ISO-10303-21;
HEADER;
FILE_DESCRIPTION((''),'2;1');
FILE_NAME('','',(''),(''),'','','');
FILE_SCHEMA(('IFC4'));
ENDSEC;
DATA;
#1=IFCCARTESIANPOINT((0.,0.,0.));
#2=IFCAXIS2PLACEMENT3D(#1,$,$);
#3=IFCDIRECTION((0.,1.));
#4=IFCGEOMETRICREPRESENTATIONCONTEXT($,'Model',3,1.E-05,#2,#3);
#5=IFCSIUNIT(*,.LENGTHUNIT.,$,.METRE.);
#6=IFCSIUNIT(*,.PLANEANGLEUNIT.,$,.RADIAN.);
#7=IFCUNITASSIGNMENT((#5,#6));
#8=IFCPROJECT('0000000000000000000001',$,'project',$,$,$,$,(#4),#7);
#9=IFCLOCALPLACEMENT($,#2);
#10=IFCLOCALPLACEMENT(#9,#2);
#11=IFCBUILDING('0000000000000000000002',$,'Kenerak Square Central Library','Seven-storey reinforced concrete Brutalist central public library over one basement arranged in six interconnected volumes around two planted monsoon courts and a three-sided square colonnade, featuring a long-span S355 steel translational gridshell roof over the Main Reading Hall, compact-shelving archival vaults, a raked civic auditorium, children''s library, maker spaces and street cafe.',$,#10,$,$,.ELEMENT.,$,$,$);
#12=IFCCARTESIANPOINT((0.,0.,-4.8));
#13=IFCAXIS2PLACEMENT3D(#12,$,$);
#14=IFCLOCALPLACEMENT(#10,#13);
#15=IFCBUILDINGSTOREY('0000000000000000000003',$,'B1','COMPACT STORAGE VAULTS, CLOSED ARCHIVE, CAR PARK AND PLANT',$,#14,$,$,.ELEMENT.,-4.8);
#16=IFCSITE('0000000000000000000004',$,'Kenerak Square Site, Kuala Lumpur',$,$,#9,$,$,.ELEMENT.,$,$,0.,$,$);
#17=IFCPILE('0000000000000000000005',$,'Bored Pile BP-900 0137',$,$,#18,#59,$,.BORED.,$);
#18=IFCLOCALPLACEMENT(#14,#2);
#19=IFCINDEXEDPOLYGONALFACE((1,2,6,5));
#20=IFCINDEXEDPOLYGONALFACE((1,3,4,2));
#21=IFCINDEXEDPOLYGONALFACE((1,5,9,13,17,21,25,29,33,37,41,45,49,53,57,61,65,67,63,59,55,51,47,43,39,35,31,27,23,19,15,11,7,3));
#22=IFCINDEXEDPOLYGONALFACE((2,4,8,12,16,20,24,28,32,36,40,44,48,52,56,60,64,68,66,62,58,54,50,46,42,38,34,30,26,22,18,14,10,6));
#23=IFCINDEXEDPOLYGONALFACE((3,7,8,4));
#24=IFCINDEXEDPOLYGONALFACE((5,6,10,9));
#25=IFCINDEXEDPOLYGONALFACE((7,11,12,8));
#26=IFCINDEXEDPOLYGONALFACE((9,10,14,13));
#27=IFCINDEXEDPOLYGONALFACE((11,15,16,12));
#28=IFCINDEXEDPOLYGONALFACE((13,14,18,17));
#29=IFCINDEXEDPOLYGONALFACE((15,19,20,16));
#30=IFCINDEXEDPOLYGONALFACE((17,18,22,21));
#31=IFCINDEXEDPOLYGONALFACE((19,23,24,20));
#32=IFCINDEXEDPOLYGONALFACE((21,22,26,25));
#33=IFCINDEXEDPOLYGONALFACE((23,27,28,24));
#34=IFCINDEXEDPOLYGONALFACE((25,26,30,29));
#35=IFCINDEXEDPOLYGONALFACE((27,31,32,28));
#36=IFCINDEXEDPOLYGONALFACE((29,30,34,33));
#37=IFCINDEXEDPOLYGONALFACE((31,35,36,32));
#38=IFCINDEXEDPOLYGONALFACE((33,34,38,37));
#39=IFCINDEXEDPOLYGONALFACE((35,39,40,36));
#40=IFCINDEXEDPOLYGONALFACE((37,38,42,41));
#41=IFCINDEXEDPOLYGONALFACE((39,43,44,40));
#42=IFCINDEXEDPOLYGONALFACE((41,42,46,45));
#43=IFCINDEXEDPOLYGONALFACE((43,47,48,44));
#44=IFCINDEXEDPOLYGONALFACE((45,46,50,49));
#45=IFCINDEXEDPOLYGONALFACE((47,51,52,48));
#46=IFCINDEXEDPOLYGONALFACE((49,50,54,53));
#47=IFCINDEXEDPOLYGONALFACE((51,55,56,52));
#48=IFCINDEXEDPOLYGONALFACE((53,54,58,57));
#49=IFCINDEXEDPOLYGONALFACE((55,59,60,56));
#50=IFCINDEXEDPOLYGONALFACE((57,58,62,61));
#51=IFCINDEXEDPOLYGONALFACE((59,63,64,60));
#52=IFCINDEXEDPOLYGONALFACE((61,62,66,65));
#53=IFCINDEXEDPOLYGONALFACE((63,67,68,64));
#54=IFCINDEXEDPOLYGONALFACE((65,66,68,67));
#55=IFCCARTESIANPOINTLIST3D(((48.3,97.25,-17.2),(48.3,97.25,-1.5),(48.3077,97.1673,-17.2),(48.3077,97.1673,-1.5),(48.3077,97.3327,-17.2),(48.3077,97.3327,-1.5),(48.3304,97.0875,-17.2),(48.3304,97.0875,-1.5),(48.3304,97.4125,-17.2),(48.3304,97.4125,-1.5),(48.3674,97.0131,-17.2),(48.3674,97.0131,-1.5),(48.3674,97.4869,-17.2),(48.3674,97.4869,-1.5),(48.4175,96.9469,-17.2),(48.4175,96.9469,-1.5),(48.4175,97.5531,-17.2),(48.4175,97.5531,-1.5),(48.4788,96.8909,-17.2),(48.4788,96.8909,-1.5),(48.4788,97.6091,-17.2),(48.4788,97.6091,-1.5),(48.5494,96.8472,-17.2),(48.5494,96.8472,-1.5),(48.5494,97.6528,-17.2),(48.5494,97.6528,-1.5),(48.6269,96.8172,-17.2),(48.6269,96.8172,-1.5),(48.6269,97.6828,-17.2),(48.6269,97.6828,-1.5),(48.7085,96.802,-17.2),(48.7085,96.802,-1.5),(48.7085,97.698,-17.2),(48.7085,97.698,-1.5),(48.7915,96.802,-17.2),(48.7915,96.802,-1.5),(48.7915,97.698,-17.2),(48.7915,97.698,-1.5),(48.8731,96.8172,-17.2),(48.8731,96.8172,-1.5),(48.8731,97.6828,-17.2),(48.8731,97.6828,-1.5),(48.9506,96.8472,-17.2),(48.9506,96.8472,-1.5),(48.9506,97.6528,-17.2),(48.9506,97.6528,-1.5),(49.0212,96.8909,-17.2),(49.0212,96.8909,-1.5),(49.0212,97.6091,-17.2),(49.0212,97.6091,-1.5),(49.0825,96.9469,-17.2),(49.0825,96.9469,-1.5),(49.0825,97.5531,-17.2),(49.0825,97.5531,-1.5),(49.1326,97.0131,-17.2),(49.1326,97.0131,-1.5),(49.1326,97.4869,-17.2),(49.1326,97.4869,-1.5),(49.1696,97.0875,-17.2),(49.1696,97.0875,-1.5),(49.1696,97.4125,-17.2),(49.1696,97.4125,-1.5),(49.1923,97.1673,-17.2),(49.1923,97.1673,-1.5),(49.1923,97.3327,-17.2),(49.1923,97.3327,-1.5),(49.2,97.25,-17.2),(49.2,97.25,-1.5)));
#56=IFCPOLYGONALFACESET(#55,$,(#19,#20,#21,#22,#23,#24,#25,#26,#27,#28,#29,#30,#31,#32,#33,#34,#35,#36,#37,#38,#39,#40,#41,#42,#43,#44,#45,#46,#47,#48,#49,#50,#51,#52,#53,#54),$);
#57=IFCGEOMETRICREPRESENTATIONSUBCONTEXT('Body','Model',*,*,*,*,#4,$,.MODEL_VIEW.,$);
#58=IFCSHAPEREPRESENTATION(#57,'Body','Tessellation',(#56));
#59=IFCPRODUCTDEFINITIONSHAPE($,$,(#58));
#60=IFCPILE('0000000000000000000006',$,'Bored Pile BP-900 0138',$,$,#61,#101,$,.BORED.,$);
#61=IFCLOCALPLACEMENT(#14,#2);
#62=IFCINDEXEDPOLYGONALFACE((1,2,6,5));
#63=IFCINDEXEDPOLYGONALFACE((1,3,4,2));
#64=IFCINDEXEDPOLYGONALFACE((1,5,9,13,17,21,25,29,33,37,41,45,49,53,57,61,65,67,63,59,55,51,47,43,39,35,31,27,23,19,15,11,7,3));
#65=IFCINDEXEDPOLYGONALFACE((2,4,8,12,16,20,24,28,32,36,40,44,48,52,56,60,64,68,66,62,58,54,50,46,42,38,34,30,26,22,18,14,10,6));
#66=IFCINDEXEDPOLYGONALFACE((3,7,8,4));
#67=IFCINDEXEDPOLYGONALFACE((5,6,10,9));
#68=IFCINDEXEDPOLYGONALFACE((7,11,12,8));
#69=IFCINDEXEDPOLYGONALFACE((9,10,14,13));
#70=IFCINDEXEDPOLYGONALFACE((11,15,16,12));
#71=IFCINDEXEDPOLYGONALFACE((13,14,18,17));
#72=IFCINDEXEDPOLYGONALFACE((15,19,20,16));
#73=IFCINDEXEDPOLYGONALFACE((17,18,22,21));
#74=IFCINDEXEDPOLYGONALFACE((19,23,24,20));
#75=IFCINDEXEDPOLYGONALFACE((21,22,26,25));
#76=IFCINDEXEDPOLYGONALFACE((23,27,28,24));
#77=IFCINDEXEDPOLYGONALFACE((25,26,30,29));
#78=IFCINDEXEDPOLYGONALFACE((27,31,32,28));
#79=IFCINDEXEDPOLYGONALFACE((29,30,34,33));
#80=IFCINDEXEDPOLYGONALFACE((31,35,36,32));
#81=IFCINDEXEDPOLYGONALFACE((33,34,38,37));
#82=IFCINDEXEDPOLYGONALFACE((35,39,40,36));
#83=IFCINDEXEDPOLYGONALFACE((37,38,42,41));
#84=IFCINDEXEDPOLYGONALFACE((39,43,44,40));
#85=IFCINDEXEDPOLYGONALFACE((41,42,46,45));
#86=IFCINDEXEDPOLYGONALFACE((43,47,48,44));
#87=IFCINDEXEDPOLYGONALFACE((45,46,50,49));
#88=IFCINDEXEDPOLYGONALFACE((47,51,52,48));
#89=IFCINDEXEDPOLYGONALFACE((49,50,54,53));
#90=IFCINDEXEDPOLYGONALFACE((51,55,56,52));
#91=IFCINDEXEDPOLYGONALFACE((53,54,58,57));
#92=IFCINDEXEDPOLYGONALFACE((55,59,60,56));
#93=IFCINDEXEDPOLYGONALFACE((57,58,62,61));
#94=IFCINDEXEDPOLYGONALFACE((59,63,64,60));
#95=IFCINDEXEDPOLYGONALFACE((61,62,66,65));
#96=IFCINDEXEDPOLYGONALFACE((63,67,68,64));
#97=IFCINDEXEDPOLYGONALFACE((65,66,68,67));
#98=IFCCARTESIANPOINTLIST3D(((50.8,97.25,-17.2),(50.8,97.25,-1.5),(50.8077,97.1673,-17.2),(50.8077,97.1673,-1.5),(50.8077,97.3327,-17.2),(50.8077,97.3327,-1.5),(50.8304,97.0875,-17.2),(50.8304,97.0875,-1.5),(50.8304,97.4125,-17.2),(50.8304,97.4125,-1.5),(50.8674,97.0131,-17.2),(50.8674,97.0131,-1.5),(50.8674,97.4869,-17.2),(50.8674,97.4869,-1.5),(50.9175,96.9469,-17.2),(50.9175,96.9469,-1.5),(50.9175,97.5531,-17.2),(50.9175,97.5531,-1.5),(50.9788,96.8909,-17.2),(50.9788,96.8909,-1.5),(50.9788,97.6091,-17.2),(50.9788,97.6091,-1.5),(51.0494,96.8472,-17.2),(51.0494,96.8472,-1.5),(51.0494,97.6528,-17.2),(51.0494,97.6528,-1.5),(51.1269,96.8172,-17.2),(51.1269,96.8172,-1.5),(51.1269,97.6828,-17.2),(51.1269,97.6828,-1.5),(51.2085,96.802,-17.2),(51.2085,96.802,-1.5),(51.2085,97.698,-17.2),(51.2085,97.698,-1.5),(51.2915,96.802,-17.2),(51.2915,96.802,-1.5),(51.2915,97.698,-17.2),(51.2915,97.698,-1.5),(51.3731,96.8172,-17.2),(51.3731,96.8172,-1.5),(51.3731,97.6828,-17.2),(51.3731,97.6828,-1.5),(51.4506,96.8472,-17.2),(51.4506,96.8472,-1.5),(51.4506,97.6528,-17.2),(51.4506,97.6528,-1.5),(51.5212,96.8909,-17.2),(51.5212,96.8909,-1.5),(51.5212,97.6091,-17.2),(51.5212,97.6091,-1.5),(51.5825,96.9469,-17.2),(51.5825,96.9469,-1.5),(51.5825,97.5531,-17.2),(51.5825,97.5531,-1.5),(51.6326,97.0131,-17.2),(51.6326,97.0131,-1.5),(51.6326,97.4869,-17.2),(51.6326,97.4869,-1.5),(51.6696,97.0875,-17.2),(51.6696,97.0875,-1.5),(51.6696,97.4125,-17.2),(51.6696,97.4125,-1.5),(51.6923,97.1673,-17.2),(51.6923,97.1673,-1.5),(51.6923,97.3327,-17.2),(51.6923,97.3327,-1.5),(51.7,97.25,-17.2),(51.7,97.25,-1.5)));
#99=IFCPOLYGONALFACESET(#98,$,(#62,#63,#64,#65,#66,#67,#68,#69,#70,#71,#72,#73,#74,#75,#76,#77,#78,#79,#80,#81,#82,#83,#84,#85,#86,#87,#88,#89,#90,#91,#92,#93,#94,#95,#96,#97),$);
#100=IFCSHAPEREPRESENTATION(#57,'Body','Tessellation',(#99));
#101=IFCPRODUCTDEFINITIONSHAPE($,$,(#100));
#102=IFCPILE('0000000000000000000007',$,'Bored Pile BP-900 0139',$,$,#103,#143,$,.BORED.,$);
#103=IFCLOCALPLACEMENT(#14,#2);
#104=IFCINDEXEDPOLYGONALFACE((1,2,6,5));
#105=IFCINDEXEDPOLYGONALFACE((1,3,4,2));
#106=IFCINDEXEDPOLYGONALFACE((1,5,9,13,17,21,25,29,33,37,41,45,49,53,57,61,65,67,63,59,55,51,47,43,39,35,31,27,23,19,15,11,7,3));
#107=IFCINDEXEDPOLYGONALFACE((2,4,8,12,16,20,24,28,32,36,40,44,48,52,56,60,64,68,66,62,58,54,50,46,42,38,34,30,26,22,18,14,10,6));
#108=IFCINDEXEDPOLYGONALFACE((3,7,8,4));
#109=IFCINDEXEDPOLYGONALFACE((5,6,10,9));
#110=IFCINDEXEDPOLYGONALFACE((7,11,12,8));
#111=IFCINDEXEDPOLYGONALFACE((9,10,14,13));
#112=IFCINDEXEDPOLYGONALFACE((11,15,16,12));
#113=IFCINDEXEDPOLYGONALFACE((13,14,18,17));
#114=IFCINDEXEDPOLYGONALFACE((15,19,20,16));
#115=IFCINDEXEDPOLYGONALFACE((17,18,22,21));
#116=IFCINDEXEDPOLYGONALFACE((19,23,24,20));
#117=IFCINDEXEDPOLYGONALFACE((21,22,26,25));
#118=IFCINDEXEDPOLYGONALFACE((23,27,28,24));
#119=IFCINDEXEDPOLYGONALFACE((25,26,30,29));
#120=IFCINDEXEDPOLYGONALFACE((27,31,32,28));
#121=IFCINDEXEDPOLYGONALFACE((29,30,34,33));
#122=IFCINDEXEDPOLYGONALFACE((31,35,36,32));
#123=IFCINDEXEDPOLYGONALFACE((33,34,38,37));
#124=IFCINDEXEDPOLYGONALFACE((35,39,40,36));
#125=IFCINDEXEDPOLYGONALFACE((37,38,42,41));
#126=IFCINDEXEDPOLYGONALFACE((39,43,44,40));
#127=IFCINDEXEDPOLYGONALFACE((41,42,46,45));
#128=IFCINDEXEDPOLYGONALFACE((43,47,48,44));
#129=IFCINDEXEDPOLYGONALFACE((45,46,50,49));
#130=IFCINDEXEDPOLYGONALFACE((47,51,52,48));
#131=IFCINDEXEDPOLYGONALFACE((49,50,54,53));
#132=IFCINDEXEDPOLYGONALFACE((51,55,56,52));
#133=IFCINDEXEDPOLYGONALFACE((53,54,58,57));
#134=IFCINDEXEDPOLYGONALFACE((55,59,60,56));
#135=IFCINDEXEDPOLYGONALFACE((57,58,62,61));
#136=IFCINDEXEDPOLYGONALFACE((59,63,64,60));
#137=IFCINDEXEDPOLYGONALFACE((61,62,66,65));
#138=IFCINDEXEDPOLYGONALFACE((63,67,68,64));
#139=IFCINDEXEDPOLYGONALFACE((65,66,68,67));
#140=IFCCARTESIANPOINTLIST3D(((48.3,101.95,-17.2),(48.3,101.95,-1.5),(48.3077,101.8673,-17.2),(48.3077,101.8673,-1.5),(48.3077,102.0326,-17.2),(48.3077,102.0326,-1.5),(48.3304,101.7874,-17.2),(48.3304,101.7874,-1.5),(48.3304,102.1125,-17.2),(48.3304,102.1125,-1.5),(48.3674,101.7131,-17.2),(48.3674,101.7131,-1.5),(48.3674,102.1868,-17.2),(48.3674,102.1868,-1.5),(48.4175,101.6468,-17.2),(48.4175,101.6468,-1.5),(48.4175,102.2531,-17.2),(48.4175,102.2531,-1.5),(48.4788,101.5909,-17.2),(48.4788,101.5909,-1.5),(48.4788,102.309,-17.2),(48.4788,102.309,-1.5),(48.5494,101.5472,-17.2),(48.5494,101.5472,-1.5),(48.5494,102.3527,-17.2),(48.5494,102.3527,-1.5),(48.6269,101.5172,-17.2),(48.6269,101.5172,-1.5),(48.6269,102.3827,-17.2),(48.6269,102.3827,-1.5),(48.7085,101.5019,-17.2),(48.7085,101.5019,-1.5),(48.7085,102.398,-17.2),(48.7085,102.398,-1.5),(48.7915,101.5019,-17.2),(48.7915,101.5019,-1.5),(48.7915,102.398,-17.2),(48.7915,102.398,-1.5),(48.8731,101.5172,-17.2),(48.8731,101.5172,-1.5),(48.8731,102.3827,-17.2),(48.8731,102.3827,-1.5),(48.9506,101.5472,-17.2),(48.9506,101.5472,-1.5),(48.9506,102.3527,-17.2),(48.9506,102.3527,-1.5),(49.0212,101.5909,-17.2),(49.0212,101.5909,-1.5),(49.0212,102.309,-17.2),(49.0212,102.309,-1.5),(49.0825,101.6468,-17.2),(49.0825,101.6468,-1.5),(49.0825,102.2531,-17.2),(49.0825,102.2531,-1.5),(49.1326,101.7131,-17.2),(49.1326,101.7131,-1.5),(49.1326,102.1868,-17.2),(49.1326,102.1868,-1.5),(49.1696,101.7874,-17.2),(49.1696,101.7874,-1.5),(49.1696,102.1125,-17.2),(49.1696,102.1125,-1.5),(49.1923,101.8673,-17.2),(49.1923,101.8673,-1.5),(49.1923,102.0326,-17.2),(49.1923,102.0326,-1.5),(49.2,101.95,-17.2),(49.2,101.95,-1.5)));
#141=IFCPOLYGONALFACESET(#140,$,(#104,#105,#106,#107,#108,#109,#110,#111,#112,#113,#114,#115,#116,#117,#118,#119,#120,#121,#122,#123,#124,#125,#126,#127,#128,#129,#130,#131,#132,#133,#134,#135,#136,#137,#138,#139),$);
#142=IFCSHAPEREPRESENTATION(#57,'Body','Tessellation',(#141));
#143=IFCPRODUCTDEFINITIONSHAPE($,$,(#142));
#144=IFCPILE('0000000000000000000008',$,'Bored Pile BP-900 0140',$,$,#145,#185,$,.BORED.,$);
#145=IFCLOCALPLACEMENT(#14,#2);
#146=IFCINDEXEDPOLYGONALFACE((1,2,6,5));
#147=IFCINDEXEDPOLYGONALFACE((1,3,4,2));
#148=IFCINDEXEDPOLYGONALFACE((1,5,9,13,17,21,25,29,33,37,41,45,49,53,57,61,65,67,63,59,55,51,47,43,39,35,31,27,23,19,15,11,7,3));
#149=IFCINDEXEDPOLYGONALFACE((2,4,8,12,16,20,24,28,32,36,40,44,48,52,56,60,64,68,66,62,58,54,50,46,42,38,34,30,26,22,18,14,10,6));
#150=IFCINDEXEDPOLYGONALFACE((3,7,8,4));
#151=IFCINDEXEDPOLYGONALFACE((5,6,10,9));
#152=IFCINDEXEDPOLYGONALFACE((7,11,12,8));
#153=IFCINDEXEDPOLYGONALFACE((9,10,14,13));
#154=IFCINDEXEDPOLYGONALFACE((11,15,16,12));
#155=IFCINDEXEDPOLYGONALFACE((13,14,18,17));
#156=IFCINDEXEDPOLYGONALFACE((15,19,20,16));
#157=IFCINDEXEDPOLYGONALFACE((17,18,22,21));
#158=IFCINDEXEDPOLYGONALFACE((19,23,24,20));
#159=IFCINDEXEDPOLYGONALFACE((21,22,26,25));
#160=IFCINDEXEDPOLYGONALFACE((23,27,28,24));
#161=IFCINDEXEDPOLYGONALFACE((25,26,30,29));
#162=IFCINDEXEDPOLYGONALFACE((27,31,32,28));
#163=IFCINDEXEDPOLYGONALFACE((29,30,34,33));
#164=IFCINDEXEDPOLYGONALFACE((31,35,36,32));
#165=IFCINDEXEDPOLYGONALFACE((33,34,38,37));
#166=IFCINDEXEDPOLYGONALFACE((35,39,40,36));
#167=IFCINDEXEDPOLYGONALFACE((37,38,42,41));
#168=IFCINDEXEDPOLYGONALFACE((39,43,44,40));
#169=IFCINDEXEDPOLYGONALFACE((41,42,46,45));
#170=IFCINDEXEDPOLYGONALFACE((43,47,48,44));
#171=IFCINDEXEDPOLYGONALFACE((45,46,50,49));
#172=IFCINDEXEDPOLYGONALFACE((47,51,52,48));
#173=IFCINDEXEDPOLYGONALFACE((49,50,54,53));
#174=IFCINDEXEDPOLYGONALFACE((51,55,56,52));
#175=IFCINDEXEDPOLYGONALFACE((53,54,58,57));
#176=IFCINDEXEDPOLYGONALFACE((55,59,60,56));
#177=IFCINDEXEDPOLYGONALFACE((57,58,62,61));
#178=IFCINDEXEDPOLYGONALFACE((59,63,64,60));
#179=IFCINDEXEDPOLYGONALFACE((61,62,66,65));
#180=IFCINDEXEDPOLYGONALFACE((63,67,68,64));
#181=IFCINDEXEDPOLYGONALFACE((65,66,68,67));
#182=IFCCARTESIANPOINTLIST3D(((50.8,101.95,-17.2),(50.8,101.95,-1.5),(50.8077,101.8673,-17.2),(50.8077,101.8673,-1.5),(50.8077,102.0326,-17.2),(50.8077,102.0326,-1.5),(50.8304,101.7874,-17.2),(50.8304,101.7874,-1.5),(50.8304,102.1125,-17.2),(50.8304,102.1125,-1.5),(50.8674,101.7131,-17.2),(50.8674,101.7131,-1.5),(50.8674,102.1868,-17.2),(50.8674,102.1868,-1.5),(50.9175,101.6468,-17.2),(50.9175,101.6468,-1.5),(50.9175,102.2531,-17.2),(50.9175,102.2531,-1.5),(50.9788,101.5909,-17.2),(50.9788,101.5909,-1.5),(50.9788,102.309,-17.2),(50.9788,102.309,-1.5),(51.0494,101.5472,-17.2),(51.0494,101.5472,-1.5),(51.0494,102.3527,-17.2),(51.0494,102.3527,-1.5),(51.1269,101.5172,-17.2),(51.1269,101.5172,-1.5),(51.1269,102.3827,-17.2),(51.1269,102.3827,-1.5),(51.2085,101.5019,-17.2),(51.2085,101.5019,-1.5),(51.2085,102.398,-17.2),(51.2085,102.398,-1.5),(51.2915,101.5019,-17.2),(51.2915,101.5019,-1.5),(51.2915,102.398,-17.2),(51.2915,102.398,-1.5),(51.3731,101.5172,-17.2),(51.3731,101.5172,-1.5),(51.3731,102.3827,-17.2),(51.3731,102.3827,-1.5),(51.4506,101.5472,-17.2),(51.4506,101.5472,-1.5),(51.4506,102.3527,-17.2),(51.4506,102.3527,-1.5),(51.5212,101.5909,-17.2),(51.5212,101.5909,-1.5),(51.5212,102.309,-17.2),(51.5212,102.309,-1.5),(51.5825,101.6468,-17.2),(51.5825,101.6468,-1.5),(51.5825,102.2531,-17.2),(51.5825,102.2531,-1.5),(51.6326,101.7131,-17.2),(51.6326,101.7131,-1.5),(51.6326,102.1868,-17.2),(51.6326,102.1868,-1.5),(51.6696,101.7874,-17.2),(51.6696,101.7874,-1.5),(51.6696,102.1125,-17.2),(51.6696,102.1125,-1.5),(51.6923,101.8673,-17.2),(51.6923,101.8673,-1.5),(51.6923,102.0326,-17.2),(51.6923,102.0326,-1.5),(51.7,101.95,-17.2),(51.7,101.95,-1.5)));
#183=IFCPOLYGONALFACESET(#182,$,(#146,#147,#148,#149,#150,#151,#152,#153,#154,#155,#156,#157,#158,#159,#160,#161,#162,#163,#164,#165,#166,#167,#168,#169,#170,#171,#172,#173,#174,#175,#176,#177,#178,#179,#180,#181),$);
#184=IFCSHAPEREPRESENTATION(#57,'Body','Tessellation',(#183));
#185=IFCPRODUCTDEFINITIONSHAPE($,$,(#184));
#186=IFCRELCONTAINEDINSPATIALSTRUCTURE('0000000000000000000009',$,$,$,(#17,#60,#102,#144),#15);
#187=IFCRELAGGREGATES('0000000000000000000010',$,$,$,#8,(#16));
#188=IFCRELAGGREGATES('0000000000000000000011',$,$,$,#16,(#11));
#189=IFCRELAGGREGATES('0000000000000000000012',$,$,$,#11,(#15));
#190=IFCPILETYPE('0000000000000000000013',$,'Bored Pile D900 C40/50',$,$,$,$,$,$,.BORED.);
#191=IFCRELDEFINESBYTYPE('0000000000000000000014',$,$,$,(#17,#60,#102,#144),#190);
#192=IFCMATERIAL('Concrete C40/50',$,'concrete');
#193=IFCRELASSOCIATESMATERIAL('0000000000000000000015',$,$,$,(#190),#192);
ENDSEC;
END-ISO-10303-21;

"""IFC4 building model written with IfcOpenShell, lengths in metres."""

from ifc_helpers import new_model, si_unit, direction, frame, origin, origin_2d, place, context, subcontext, project, spatial, circle, extrude, material, material_profile, profile_set, type_object, element, save


model = new_model("IFC4")

# Units and contexts
model_context = context("Model", 3, precision=1e-05, world=origin(), true_north=direction((0.0, 1.0)))
body_context = subcontext(model_context, "Body", "Model", "MODEL_VIEW")
ifc_project = project(units=[si_unit("LENGTHUNIT", "METRE"), si_unit("PLANEANGLEUNIT", "RADIAN")], contexts=[model_context])

# Site, building, storey
site_placement = place(None, origin())
site = spatial("IfcSite", under=ifc_project, at=site_placement, Name="Kenerak Square Site, Kuala Lumpur", CompositionType="ELEMENT", RefElevation=0.0)
building_placement = place(site_placement, origin())
building = spatial("IfcBuilding", under=site, at=building_placement, Name="Kenerak Square Central Library", Description="Seven-storey reinforced concrete Brutalist central public library over one basement arranged in six interconnected volumes around two planted monsoon courts and a three-sided square colonnade, featuring a long-span S355 steel translational gridshell roof over the Main Reading Hall, compact-shelving archival vaults, a raked civic auditorium, children's library, maker spaces and street cafe.", CompositionType="ELEMENT")
storey_placement = place(building_placement, frame((0.0, 0.0, -4.8)))
storey = spatial("IfcBuildingStorey", under=building, at=storey_placement, Name="B1", Description="COMPACT STORAGE VAULTS, CLOSED ARCHIVE, CAR PARK AND PLANT", CompositionType="ELEMENT", Elevation=-4.8)

# Piles
ifc_material_1 = material(Name="Concrete C40/50", Category="concrete")
ifc_material_profile_1 = material_profile(ifc_material_1, circle(Radius=0.45, at=origin_2d()), Name="BP D900")
ifc_profile_set_1 = profile_set([ifc_material_profile_1], Name="Concrete C40/50")
pile_type = type_object("IfcPileType", Name="Bored Pile D900 C40/50", PredefinedType="BORED", material=ifc_profile_set_1)
for number, where, z_axis, x_axis, name in (
    (1, (48.75, 97.25, -1.5), (0.0, 0.0, -1.0), (1.0, 0.0, 0.0), "Bored Pile BP-900 0137"),
    (2, (51.25, 97.25, -1.5), (0.0, 0.0, -1.0), (1.0, 0.0, 0.0), "Bored Pile BP-900 0138"),
    (3, (48.75, 101.95, -1.5), (0.0, 0.0, -1.0), (1.0, 0.0, 0.0), "Bored Pile BP-900 0139"),
    (4, (51.25, 101.95, -1.5), (0.0, 0.0, -1.0), (1.0, 0.0, 0.0), "Bored Pile BP-900 0140"),
):
    element("IfcPile", number, at=place(storey_placement, frame(where, z_axis=z_axis, x_axis=x_axis)), inside=storey, type_object=pile_type, Name=name, PredefinedType="BORED", context=body_context, shape_type="SweptSolid", body=[
        extrude(circle(Radius=0.45, at=origin_2d()), origin(), (0.0, 0.0, 1.0), 15.7),
    ])

save(model, "model.ifc")
